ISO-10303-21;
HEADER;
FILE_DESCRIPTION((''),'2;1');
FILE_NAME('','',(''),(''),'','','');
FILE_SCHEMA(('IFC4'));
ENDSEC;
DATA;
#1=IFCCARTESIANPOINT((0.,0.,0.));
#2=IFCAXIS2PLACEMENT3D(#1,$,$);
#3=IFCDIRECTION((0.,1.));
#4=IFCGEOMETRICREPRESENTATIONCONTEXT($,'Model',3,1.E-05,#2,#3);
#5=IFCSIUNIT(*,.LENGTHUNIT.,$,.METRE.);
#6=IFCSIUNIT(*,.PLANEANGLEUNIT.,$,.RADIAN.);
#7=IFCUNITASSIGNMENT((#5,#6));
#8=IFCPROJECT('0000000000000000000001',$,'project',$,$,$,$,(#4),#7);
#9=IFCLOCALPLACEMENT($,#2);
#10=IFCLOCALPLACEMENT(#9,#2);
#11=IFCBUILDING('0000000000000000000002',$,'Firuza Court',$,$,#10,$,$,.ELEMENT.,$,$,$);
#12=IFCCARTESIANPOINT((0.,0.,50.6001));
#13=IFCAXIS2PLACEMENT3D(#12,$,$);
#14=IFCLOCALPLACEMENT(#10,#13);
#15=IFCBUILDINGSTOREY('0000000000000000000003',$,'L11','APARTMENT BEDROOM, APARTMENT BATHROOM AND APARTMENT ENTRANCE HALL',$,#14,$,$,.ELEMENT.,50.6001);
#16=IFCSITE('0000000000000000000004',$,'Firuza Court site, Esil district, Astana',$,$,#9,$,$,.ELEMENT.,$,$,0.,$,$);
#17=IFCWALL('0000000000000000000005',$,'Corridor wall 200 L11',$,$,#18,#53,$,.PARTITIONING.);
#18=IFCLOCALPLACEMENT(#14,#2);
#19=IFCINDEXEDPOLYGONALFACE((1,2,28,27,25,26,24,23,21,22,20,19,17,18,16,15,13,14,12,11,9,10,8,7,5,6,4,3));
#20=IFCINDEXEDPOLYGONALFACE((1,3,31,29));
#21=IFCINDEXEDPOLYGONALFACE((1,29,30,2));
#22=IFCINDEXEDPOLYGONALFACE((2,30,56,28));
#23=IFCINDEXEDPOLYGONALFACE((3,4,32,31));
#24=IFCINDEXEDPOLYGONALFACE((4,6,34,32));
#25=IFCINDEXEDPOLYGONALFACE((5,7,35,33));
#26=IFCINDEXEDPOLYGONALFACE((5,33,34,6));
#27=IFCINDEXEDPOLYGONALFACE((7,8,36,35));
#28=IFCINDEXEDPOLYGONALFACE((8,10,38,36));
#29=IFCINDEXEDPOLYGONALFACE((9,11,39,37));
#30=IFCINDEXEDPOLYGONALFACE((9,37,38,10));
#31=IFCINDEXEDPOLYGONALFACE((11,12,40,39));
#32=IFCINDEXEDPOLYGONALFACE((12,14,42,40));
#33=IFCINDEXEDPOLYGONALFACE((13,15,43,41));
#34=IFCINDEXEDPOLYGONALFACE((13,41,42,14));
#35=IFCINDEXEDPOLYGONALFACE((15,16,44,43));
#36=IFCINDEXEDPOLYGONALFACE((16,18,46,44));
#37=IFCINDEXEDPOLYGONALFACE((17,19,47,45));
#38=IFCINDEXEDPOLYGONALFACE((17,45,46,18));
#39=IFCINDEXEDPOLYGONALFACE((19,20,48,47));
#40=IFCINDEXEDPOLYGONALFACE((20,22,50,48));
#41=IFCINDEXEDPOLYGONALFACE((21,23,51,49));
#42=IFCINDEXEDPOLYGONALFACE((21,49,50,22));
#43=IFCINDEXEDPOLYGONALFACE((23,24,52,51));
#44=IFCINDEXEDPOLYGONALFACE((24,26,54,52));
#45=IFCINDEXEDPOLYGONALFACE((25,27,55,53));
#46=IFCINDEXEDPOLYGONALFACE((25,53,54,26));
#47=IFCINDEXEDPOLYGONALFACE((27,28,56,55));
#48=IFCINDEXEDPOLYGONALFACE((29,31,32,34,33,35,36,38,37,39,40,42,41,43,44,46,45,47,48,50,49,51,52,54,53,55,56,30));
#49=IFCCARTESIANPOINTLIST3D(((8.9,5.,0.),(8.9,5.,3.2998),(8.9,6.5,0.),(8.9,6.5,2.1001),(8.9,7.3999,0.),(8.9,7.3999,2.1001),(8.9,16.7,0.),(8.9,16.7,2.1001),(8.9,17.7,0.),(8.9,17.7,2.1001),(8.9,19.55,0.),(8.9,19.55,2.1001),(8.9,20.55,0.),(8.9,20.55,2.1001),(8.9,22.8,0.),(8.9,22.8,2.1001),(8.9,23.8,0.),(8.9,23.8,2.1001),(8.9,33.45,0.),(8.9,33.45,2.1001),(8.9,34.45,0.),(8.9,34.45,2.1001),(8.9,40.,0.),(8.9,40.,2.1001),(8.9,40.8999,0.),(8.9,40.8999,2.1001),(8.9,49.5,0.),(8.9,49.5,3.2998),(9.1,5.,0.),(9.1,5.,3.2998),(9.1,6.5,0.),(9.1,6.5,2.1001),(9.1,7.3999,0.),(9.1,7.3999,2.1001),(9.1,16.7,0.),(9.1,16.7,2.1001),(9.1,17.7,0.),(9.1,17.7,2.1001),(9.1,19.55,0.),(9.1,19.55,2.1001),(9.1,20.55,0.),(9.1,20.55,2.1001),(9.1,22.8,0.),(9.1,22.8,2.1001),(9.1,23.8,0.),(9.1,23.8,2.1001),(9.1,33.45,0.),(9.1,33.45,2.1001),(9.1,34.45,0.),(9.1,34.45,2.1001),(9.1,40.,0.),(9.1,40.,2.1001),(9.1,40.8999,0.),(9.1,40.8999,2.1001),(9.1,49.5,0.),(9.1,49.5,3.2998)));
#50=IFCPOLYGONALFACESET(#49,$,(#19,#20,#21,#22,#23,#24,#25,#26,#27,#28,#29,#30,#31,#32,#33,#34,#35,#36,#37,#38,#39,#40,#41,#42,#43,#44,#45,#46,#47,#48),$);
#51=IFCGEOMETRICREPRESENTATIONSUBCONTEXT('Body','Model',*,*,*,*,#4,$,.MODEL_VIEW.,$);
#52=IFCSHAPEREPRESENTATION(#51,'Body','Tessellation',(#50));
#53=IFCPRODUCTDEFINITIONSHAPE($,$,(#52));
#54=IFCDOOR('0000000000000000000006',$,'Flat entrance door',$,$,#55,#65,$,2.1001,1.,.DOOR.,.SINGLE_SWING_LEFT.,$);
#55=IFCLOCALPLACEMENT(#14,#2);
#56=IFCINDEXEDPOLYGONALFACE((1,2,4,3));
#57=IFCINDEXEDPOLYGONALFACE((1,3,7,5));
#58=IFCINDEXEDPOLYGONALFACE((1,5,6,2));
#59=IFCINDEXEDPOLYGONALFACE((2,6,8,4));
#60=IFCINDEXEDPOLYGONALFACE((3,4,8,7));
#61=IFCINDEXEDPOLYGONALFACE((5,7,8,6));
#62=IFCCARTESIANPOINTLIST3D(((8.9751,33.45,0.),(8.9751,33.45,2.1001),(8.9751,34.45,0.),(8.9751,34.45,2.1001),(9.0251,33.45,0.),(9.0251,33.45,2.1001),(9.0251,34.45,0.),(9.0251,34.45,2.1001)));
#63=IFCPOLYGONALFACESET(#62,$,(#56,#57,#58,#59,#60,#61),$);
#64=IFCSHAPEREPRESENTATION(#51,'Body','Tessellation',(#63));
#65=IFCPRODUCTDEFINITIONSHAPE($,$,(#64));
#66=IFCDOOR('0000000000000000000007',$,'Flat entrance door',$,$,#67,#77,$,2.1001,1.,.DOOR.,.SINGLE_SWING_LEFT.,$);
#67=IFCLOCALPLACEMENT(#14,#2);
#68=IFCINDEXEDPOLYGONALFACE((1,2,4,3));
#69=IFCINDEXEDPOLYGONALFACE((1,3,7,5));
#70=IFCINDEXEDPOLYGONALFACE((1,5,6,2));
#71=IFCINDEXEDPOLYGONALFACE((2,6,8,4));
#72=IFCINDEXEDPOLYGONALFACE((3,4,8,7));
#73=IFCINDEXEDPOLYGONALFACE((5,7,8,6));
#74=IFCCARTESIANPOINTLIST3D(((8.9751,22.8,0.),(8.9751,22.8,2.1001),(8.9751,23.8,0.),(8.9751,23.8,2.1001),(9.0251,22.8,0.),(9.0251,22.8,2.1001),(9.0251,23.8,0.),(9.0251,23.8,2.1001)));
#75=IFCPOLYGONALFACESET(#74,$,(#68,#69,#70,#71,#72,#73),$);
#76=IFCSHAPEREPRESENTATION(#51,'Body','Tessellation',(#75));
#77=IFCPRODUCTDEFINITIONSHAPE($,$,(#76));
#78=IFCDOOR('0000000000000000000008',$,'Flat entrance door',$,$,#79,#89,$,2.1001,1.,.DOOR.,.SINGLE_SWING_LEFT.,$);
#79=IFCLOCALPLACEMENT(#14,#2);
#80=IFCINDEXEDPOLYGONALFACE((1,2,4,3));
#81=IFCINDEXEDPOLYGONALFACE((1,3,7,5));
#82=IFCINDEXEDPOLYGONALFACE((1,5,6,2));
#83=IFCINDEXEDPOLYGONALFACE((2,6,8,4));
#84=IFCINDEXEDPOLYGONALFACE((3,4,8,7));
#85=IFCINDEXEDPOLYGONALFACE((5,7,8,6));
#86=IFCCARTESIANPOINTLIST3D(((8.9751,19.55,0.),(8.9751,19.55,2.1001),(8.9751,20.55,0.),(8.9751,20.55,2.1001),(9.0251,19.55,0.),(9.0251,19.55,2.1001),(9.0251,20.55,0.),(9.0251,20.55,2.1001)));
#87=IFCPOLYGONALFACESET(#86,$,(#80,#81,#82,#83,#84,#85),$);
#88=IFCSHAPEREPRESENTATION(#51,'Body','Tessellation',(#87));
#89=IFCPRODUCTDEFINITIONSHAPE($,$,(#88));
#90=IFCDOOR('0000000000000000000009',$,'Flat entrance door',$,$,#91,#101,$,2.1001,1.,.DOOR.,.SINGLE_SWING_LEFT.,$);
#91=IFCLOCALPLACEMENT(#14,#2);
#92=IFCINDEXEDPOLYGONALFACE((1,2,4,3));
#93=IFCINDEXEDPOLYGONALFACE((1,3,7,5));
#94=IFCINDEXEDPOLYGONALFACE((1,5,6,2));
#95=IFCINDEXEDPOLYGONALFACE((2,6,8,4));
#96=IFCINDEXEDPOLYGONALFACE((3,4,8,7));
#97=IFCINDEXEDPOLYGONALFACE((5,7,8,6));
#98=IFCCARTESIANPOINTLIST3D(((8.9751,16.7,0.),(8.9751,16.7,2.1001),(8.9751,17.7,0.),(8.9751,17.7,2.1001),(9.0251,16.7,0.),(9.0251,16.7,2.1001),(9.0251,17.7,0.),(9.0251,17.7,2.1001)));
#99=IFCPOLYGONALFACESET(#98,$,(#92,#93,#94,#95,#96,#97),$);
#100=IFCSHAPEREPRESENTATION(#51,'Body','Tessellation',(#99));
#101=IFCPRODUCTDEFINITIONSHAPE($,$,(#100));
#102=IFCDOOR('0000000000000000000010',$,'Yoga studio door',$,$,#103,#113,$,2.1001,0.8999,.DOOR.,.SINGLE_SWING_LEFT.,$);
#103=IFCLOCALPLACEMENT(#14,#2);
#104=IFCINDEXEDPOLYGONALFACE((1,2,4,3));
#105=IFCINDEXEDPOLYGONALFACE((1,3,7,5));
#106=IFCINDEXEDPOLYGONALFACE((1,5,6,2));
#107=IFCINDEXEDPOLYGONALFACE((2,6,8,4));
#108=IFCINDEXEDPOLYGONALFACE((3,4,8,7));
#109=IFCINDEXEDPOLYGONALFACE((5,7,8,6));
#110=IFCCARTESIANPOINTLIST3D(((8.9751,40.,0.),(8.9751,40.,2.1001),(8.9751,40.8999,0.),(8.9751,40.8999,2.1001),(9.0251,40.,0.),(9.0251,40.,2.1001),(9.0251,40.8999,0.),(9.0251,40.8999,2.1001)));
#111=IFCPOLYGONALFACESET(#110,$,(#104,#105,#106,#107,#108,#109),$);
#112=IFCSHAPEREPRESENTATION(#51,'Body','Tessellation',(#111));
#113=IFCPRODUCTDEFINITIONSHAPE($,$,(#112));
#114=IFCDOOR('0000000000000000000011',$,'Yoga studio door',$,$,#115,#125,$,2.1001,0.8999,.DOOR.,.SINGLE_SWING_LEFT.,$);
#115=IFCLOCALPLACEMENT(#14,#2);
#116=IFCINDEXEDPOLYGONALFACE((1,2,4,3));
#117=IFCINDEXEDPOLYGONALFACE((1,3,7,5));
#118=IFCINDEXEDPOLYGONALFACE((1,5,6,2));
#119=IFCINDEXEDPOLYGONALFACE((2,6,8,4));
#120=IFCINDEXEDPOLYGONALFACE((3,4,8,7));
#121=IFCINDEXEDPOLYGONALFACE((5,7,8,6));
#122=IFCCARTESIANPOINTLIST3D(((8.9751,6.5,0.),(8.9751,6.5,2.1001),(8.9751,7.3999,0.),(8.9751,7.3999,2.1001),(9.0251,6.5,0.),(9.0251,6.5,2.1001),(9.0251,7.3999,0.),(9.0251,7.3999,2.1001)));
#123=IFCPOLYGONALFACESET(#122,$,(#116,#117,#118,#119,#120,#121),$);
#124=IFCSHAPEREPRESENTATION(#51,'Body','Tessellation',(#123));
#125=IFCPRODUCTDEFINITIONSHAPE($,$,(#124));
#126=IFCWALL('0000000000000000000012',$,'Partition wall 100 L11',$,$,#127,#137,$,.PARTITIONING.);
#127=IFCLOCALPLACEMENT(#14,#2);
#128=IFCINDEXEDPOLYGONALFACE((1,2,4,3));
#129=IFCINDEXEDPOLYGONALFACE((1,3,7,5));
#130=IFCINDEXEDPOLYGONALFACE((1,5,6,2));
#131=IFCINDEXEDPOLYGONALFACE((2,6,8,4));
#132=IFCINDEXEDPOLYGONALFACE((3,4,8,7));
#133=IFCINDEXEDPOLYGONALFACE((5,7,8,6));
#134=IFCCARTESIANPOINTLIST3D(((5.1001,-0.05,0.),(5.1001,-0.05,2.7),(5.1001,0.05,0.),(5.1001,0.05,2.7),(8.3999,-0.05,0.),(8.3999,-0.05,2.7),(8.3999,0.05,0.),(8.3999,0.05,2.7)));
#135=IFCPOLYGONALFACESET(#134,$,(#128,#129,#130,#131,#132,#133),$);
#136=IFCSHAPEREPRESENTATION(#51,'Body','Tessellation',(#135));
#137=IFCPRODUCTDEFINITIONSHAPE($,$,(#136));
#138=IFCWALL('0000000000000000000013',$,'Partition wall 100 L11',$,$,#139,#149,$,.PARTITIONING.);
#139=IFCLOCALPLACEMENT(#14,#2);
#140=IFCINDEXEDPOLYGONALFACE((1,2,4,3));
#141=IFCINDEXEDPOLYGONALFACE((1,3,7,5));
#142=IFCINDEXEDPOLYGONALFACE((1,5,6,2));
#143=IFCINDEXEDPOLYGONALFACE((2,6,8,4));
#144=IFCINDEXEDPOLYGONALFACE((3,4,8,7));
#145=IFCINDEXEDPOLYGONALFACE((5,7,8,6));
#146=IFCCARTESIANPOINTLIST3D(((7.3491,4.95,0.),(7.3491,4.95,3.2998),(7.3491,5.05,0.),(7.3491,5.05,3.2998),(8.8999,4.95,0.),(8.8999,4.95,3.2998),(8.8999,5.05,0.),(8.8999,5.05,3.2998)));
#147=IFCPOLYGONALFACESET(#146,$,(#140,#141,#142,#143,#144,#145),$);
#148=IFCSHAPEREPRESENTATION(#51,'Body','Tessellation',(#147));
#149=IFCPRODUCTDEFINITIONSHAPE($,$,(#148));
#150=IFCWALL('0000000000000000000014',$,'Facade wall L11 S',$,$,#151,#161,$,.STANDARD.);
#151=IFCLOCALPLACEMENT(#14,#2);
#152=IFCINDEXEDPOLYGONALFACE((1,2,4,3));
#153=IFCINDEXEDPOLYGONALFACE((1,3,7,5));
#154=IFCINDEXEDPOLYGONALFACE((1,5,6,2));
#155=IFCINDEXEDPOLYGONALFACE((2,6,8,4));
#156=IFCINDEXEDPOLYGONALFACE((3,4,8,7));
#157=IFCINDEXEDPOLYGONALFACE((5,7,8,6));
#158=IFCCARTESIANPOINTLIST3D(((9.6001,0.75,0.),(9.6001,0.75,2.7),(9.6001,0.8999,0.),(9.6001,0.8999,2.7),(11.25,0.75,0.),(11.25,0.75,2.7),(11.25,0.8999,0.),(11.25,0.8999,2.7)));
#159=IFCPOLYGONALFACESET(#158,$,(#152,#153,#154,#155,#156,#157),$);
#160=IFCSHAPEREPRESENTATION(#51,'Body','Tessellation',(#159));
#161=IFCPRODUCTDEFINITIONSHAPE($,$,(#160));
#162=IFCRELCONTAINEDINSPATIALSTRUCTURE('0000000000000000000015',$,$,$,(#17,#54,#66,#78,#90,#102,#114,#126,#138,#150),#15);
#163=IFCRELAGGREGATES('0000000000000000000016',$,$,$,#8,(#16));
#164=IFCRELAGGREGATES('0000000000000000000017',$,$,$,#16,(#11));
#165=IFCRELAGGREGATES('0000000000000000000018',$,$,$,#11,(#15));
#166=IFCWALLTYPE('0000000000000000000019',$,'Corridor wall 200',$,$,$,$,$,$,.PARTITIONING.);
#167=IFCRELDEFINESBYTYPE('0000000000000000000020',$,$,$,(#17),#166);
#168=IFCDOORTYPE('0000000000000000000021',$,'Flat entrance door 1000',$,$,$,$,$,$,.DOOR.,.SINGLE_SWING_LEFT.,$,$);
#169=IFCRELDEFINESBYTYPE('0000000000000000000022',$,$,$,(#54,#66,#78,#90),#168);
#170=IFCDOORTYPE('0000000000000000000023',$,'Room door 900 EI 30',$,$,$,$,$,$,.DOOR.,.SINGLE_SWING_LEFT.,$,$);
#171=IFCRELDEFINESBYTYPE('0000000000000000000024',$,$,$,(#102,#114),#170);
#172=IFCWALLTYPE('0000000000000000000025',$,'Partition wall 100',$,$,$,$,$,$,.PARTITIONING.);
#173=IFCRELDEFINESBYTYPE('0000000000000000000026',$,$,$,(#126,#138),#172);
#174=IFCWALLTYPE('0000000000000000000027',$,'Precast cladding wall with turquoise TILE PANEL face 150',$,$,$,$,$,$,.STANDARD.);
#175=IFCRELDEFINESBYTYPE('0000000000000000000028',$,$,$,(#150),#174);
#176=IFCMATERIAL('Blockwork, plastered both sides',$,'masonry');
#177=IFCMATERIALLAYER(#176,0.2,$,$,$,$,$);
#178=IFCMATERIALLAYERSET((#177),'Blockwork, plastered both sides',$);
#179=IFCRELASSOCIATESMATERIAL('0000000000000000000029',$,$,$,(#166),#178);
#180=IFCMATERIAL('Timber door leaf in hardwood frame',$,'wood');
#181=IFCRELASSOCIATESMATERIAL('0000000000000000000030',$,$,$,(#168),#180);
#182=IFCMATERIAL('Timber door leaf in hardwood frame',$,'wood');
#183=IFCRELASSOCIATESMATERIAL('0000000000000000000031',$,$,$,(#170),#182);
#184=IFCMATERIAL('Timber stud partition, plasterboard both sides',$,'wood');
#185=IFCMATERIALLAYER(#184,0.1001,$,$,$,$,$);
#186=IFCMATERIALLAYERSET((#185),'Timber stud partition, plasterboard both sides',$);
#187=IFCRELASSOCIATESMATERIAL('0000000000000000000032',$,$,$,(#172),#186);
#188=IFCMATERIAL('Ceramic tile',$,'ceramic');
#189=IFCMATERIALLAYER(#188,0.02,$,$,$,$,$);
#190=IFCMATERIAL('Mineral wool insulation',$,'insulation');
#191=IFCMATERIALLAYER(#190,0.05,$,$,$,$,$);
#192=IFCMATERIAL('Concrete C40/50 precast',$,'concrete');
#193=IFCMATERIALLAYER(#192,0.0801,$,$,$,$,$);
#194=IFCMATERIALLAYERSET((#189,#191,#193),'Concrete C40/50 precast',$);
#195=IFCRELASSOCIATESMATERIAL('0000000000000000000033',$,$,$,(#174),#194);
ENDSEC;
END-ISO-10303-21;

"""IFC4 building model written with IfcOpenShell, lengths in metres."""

from ifc_helpers import new_model, si_unit, direction, frame, frame_2d, origin, place, context, subcontext, project, spatial, rectangle, extrude, material, layer, layer_set, type_object, element, fill, save


model = new_model("IFC4")

# Units and contexts
model_context = context("Model", 3, precision=1e-05, world=origin(), true_north=direction((0.0, 1.0)))
body_context = subcontext(model_context, "Body", "Model", "MODEL_VIEW")
ifc_project = project(units=[si_unit("LENGTHUNIT", "METRE"), si_unit("PLANEANGLEUNIT", "RADIAN")], contexts=[model_context])

# Site, building, storey
site_placement = place(None, origin())
site = spatial("IfcSite", under=ifc_project, at=site_placement, Name="Firuza Court site, Esil district, Astana", CompositionType="ELEMENT", RefElevation=0.0)
building_placement = place(site_placement, origin())
building = spatial("IfcBuilding", under=site, at=building_placement, Name="Firuza Court", CompositionType="ELEMENT")
storey_placement = place(building_placement, frame((0.0, 0.0, 50.6001)))
storey = spatial("IfcBuildingStorey", under=building, at=storey_placement, Name="L11", Description="APARTMENT BEDROOM, APARTMENT BATHROOM AND APARTMENT ENTRANCE HALL", CompositionType="ELEMENT", Elevation=50.6001)

# Wall, openings, doors
ifc_material_1 = material(Name="Blockwork, plastered both sides", Category="masonry")
ifc_layer_1 = layer(ifc_material_1, 0.2)
ifc_layer_set_1 = layer_set([ifc_layer_1], Name="Blockwork, plastered both sides")
wall_type_1 = type_object("IfcWallType", Name="Corridor wall 200", PredefinedType="PARTITIONING", material=ifc_layer_set_1)
wall_1_placement = place(storey_placement, frame((9.0, 5.0, 0.0), z_axis=(0.0, 0.0, 1.0), x_axis=(0.0, 1.0, 0.0)))
wall_1 = element("IfcWall", 1, at=wall_1_placement, inside=storey, type_object=wall_type_1, Name="Corridor wall 200 L11", PredefinedType="PARTITIONING", context=body_context, shape_type="SweptSolid", body=[
    extrude(rectangle(XDim=44.5, YDim=0.2, at=frame_2d((22.25, 0.0))), origin(), (0.0, 0.0, 1.0), 3.2998),
])
opening_1_placement = place(wall_1_placement, frame((28.45, 0.0, 0.0)))
opening_1 = element("IfcOpeningElement", 2, at=opening_1_placement, cuts=wall_1, PredefinedType="OPENING", context=body_context, shape_type="SweptSolid", body=[
    extrude(rectangle(XDim=1.0, YDim=2.1001, at=frame_2d((0.5, 1.05))), frame((0.0, 0.1118, 0.0), z_axis=(0.0, -1.0, 0.0), x_axis=(1.0, 0.0, 0.0)), (0.0, 0.0, 1.0), 0.2239),
])
opening_2_placement = place(wall_1_placement, frame((17.8, 0.0, 0.0)))
opening_2 = element("IfcOpeningElement", 3, at=opening_2_placement, cuts=wall_1, PredefinedType="OPENING", context=body_context, shape_type="SweptSolid", body=[
    extrude(rectangle(XDim=1.0, YDim=2.1001, at=frame_2d((0.5, 1.05))), frame((0.0, 0.1118, 0.0), z_axis=(0.0, -1.0, 0.0), x_axis=(1.0, 0.0, 0.0)), (0.0, 0.0, 1.0), 0.2239),
])
opening_3_placement = place(wall_1_placement, frame((14.55, 0.0, 0.0)))
opening_3 = element("IfcOpeningElement", 4, at=opening_3_placement, cuts=wall_1, PredefinedType="OPENING", context=body_context, shape_type="SweptSolid", body=[
    extrude(rectangle(XDim=1.0, YDim=2.1001, at=frame_2d((0.5, 1.05))), frame((0.0, 0.1118, 0.0), z_axis=(0.0, -1.0, 0.0), x_axis=(1.0, 0.0, 0.0)), (0.0, 0.0, 1.0), 0.2239),
])
opening_4_placement = place(wall_1_placement, frame((11.7, 0.0, 0.0)))
opening_4 = element("IfcOpeningElement", 5, at=opening_4_placement, cuts=wall_1, PredefinedType="OPENING", context=body_context, shape_type="SweptSolid", body=[
    extrude(rectangle(XDim=1.0, YDim=2.1001, at=frame_2d((0.5, 1.05))), frame((0.0, 0.1118, 0.0), z_axis=(0.0, -1.0, 0.0), x_axis=(1.0, 0.0, 0.0)), (0.0, 0.0, 1.0), 0.2239),
])
opening_5_placement = place(wall_1_placement, frame((35.0, 0.0, 0.0)))
opening_5 = element("IfcOpeningElement", 6, at=opening_5_placement, cuts=wall_1, PredefinedType="OPENING", context=body_context, shape_type="SweptSolid", body=[
    extrude(rectangle(XDim=0.8999, YDim=2.1001, at=frame_2d((0.45, 1.05))), frame((0.0, 0.1118, 0.0), z_axis=(0.0, -1.0, 0.0), x_axis=(1.0, 0.0, 0.0)), (0.0, 0.0, 1.0), 0.2239),
])
opening_6_placement = place(wall_1_placement, frame((1.5, 0.0, 0.0)))
opening_6 = element("IfcOpeningElement", 7, at=opening_6_placement, cuts=wall_1, PredefinedType="OPENING", context=body_context, shape_type="SweptSolid", body=[
    extrude(rectangle(XDim=0.8999, YDim=2.1001, at=frame_2d((0.45, 1.05))), frame((0.0, 0.1118, 0.0), z_axis=(0.0, -1.0, 0.0), x_axis=(1.0, 0.0, 0.0)), (0.0, 0.0, 1.0), 0.2239),
])
ifc_material_2 = material(Name="Timber door leaf in hardwood frame", Category="wood")
door_type_1 = type_object("IfcDoorType", Name="Flat entrance door 1000", OperationType="SINGLE_SWING_LEFT", PredefinedType="DOOR", material=ifc_material_2)
door_1_placement = place(opening_1_placement, origin())
door_1 = element("IfcDoor", 8, at=door_1_placement, inside=storey, type_object=door_type_1, Name="Flat entrance door", OperationType="SINGLE_SWING_LEFT", OverallHeight=2.1001, OverallWidth=1.0, PredefinedType="DOOR", context=body_context, shape_type="SweptSolid", body=[
    extrude(rectangle(XDim=1.0, YDim=2.1001, at=frame_2d((0.5, 1.05))), frame((0.0, 0.0249, 0.0), z_axis=(0.0, -1.0, 0.0), x_axis=(1.0, 0.0, 0.0)), (0.0, 0.0, 1.0), 0.05),
])
fill(opening_1, door_1)
door_2_placement = place(opening_2_placement, origin())
door_2 = element("IfcDoor", 9, at=door_2_placement, inside=storey, type_object=door_type_1, Name="Flat entrance door", OperationType="SINGLE_SWING_LEFT", OverallHeight=2.1001, OverallWidth=1.0, PredefinedType="DOOR", context=body_context, shape_type="SweptSolid", body=[
    extrude(rectangle(XDim=1.0, YDim=2.1001, at=frame_2d((0.5, 1.05))), frame((0.0, 0.0249, 0.0), z_axis=(0.0, -1.0, 0.0), x_axis=(1.0, 0.0, 0.0)), (0.0, 0.0, 1.0), 0.05),
])
fill(opening_2, door_2)
door_3_placement = place(opening_3_placement, origin())
door_3 = element("IfcDoor", 10, at=door_3_placement, inside=storey, type_object=door_type_1, Name="Flat entrance door", OperationType="SINGLE_SWING_LEFT", OverallHeight=2.1001, OverallWidth=1.0, PredefinedType="DOOR", context=body_context, shape_type="SweptSolid", body=[
    extrude(rectangle(XDim=1.0, YDim=2.1001, at=frame_2d((0.5, 1.05))), frame((0.0, 0.0249, 0.0), z_axis=(0.0, -1.0, 0.0), x_axis=(1.0, 0.0, 0.0)), (0.0, 0.0, 1.0), 0.05),
])
fill(opening_3, door_3)
door_4_placement = place(opening_4_placement, origin())
door_4 = element("IfcDoor", 11, at=door_4_placement, inside=storey, type_object=door_type_1, Name="Flat entrance door", OperationType="SINGLE_SWING_LEFT", OverallHeight=2.1001, OverallWidth=1.0, PredefinedType="DOOR", context=body_context, shape_type="SweptSolid", body=[
    extrude(rectangle(XDim=1.0, YDim=2.1001, at=frame_2d((0.5, 1.05))), frame((0.0, 0.0249, 0.0), z_axis=(0.0, -1.0, 0.0), x_axis=(1.0, 0.0, 0.0)), (0.0, 0.0, 1.0), 0.05),
])
fill(opening_4, door_4)
ifc_material_3 = material(Name="Timber door leaf in hardwood frame", Category="wood")
door_type_2 = type_object("IfcDoorType", Name="Room door 900 EI 30", OperationType="SINGLE_SWING_LEFT", PredefinedType="DOOR", material=ifc_material_3)
door_5_placement = place(opening_5_placement, origin())
door_5 = element("IfcDoor", 12, at=door_5_placement, inside=storey, type_object=door_type_2, Name="Yoga studio door", OperationType="SINGLE_SWING_LEFT", OverallHeight=2.1001, OverallWidth=0.8999, PredefinedType="DOOR", context=body_context, shape_type="SweptSolid", body=[
    extrude(rectangle(XDim=0.8999, YDim=2.1001, at=frame_2d((0.45, 1.05))), frame((0.0, 0.0249, 0.0), z_axis=(0.0, -1.0, 0.0), x_axis=(1.0, 0.0, 0.0)), (0.0, 0.0, 1.0), 0.05),
])
fill(opening_5, door_5)
door_6_placement = place(opening_6_placement, origin())
door_6 = element("IfcDoor", 13, at=door_6_placement, inside=storey, type_object=door_type_2, Name="Yoga studio door", OperationType="SINGLE_SWING_LEFT", OverallHeight=2.1001, OverallWidth=0.8999, PredefinedType="DOOR", context=body_context, shape_type="SweptSolid", body=[
    extrude(rectangle(XDim=0.8999, YDim=2.1001, at=frame_2d((0.45, 1.05))), frame((0.0, 0.0249, 0.0), z_axis=(0.0, -1.0, 0.0), x_axis=(1.0, 0.0, 0.0)), (0.0, 0.0, 1.0), 0.05),
])
fill(opening_6, door_6)

# Walls
ifc_material_4 = material(Name="Timber stud partition, plasterboard both sides", Category="wood")
ifc_layer_2 = layer(ifc_material_4, 0.1001)
ifc_layer_set_2 = layer_set([ifc_layer_2], Name="Timber stud partition, plasterboard both sides")
wall_type_2 = type_object("IfcWallType", Name="Partition wall 100", PredefinedType="PARTITIONING", material=ifc_layer_set_2)
wall_2_placement = place(storey_placement, frame((5.1001, 0.0, 0.0), z_axis=(0.0, 0.0, 1.0), x_axis=(1.0, 0.0, 0.0)))
element("IfcWall", 14, at=wall_2_placement, inside=storey, type_object=wall_type_2, Name="Partition wall 100 L11", PredefinedType="PARTITIONING", context=body_context, shape_type="SweptSolid", body=[
    extrude(rectangle(XDim=3.2998, YDim=0.1001, at=frame_2d((1.6499, 0.0))), origin(), (0.0, 0.0, 1.0), 2.7),
])
wall_3_placement = place(storey_placement, frame((7.3491, 5.0, 0.0), z_axis=(0.0, 0.0, 1.0), x_axis=(1.0, 0.0, 0.0)))
element("IfcWall", 15, at=wall_3_placement, inside=storey, type_object=wall_type_2, Name="Partition wall 100 L11", PredefinedType="PARTITIONING", context=body_context, shape_type="SweptSolid", body=[
    extrude(rectangle(XDim=1.5508, YDim=0.1001, at=frame_2d((0.7754, 0.0))), origin(), (0.0, 0.0, 1.0), 3.2998),
])
ifc_material_5 = material(Name="Ceramic tile", Category="ceramic")
ifc_layer_3 = layer(ifc_material_5, 0.02)
ifc_material_6 = material(Name="Mineral wool insulation", Category="insulation")
ifc_layer_4 = layer(ifc_material_6, 0.05)
ifc_material_7 = material(Name="Concrete C40/50 precast", Category="concrete")
ifc_layer_5 = layer(ifc_material_7, 0.0801)
ifc_layer_set_3 = layer_set([ifc_layer_3, ifc_layer_4, ifc_layer_5], Name="Concrete C40/50 precast")
wall_type_3 = type_object("IfcWallType", Name="Precast cladding wall with turquoise TILE PANEL face 150", PredefinedType="STANDARD", material=ifc_layer_set_3)
for number, where, z_axis, x_axis, name in (
    (16, (9.6001, 0.825, 0.0), (0.0, 0.0, 1.0), (1.0, 0.0, 0.0), "Facade wall L11 S"),
):
    element("IfcWall", number, at=place(storey_placement, frame(where, z_axis=z_axis, x_axis=x_axis)), inside=storey, type_object=wall_type_3, Name=name, PredefinedType="STANDARD", context=body_context, shape_type="SweptSolid", body=[
        extrude(rectangle(XDim=1.6499, YDim=0.1499, at=frame_2d((0.825, 0.0))), origin(), (0.0, 0.0, 1.0), 2.7),
    ])

save(model, "model.ifc")
